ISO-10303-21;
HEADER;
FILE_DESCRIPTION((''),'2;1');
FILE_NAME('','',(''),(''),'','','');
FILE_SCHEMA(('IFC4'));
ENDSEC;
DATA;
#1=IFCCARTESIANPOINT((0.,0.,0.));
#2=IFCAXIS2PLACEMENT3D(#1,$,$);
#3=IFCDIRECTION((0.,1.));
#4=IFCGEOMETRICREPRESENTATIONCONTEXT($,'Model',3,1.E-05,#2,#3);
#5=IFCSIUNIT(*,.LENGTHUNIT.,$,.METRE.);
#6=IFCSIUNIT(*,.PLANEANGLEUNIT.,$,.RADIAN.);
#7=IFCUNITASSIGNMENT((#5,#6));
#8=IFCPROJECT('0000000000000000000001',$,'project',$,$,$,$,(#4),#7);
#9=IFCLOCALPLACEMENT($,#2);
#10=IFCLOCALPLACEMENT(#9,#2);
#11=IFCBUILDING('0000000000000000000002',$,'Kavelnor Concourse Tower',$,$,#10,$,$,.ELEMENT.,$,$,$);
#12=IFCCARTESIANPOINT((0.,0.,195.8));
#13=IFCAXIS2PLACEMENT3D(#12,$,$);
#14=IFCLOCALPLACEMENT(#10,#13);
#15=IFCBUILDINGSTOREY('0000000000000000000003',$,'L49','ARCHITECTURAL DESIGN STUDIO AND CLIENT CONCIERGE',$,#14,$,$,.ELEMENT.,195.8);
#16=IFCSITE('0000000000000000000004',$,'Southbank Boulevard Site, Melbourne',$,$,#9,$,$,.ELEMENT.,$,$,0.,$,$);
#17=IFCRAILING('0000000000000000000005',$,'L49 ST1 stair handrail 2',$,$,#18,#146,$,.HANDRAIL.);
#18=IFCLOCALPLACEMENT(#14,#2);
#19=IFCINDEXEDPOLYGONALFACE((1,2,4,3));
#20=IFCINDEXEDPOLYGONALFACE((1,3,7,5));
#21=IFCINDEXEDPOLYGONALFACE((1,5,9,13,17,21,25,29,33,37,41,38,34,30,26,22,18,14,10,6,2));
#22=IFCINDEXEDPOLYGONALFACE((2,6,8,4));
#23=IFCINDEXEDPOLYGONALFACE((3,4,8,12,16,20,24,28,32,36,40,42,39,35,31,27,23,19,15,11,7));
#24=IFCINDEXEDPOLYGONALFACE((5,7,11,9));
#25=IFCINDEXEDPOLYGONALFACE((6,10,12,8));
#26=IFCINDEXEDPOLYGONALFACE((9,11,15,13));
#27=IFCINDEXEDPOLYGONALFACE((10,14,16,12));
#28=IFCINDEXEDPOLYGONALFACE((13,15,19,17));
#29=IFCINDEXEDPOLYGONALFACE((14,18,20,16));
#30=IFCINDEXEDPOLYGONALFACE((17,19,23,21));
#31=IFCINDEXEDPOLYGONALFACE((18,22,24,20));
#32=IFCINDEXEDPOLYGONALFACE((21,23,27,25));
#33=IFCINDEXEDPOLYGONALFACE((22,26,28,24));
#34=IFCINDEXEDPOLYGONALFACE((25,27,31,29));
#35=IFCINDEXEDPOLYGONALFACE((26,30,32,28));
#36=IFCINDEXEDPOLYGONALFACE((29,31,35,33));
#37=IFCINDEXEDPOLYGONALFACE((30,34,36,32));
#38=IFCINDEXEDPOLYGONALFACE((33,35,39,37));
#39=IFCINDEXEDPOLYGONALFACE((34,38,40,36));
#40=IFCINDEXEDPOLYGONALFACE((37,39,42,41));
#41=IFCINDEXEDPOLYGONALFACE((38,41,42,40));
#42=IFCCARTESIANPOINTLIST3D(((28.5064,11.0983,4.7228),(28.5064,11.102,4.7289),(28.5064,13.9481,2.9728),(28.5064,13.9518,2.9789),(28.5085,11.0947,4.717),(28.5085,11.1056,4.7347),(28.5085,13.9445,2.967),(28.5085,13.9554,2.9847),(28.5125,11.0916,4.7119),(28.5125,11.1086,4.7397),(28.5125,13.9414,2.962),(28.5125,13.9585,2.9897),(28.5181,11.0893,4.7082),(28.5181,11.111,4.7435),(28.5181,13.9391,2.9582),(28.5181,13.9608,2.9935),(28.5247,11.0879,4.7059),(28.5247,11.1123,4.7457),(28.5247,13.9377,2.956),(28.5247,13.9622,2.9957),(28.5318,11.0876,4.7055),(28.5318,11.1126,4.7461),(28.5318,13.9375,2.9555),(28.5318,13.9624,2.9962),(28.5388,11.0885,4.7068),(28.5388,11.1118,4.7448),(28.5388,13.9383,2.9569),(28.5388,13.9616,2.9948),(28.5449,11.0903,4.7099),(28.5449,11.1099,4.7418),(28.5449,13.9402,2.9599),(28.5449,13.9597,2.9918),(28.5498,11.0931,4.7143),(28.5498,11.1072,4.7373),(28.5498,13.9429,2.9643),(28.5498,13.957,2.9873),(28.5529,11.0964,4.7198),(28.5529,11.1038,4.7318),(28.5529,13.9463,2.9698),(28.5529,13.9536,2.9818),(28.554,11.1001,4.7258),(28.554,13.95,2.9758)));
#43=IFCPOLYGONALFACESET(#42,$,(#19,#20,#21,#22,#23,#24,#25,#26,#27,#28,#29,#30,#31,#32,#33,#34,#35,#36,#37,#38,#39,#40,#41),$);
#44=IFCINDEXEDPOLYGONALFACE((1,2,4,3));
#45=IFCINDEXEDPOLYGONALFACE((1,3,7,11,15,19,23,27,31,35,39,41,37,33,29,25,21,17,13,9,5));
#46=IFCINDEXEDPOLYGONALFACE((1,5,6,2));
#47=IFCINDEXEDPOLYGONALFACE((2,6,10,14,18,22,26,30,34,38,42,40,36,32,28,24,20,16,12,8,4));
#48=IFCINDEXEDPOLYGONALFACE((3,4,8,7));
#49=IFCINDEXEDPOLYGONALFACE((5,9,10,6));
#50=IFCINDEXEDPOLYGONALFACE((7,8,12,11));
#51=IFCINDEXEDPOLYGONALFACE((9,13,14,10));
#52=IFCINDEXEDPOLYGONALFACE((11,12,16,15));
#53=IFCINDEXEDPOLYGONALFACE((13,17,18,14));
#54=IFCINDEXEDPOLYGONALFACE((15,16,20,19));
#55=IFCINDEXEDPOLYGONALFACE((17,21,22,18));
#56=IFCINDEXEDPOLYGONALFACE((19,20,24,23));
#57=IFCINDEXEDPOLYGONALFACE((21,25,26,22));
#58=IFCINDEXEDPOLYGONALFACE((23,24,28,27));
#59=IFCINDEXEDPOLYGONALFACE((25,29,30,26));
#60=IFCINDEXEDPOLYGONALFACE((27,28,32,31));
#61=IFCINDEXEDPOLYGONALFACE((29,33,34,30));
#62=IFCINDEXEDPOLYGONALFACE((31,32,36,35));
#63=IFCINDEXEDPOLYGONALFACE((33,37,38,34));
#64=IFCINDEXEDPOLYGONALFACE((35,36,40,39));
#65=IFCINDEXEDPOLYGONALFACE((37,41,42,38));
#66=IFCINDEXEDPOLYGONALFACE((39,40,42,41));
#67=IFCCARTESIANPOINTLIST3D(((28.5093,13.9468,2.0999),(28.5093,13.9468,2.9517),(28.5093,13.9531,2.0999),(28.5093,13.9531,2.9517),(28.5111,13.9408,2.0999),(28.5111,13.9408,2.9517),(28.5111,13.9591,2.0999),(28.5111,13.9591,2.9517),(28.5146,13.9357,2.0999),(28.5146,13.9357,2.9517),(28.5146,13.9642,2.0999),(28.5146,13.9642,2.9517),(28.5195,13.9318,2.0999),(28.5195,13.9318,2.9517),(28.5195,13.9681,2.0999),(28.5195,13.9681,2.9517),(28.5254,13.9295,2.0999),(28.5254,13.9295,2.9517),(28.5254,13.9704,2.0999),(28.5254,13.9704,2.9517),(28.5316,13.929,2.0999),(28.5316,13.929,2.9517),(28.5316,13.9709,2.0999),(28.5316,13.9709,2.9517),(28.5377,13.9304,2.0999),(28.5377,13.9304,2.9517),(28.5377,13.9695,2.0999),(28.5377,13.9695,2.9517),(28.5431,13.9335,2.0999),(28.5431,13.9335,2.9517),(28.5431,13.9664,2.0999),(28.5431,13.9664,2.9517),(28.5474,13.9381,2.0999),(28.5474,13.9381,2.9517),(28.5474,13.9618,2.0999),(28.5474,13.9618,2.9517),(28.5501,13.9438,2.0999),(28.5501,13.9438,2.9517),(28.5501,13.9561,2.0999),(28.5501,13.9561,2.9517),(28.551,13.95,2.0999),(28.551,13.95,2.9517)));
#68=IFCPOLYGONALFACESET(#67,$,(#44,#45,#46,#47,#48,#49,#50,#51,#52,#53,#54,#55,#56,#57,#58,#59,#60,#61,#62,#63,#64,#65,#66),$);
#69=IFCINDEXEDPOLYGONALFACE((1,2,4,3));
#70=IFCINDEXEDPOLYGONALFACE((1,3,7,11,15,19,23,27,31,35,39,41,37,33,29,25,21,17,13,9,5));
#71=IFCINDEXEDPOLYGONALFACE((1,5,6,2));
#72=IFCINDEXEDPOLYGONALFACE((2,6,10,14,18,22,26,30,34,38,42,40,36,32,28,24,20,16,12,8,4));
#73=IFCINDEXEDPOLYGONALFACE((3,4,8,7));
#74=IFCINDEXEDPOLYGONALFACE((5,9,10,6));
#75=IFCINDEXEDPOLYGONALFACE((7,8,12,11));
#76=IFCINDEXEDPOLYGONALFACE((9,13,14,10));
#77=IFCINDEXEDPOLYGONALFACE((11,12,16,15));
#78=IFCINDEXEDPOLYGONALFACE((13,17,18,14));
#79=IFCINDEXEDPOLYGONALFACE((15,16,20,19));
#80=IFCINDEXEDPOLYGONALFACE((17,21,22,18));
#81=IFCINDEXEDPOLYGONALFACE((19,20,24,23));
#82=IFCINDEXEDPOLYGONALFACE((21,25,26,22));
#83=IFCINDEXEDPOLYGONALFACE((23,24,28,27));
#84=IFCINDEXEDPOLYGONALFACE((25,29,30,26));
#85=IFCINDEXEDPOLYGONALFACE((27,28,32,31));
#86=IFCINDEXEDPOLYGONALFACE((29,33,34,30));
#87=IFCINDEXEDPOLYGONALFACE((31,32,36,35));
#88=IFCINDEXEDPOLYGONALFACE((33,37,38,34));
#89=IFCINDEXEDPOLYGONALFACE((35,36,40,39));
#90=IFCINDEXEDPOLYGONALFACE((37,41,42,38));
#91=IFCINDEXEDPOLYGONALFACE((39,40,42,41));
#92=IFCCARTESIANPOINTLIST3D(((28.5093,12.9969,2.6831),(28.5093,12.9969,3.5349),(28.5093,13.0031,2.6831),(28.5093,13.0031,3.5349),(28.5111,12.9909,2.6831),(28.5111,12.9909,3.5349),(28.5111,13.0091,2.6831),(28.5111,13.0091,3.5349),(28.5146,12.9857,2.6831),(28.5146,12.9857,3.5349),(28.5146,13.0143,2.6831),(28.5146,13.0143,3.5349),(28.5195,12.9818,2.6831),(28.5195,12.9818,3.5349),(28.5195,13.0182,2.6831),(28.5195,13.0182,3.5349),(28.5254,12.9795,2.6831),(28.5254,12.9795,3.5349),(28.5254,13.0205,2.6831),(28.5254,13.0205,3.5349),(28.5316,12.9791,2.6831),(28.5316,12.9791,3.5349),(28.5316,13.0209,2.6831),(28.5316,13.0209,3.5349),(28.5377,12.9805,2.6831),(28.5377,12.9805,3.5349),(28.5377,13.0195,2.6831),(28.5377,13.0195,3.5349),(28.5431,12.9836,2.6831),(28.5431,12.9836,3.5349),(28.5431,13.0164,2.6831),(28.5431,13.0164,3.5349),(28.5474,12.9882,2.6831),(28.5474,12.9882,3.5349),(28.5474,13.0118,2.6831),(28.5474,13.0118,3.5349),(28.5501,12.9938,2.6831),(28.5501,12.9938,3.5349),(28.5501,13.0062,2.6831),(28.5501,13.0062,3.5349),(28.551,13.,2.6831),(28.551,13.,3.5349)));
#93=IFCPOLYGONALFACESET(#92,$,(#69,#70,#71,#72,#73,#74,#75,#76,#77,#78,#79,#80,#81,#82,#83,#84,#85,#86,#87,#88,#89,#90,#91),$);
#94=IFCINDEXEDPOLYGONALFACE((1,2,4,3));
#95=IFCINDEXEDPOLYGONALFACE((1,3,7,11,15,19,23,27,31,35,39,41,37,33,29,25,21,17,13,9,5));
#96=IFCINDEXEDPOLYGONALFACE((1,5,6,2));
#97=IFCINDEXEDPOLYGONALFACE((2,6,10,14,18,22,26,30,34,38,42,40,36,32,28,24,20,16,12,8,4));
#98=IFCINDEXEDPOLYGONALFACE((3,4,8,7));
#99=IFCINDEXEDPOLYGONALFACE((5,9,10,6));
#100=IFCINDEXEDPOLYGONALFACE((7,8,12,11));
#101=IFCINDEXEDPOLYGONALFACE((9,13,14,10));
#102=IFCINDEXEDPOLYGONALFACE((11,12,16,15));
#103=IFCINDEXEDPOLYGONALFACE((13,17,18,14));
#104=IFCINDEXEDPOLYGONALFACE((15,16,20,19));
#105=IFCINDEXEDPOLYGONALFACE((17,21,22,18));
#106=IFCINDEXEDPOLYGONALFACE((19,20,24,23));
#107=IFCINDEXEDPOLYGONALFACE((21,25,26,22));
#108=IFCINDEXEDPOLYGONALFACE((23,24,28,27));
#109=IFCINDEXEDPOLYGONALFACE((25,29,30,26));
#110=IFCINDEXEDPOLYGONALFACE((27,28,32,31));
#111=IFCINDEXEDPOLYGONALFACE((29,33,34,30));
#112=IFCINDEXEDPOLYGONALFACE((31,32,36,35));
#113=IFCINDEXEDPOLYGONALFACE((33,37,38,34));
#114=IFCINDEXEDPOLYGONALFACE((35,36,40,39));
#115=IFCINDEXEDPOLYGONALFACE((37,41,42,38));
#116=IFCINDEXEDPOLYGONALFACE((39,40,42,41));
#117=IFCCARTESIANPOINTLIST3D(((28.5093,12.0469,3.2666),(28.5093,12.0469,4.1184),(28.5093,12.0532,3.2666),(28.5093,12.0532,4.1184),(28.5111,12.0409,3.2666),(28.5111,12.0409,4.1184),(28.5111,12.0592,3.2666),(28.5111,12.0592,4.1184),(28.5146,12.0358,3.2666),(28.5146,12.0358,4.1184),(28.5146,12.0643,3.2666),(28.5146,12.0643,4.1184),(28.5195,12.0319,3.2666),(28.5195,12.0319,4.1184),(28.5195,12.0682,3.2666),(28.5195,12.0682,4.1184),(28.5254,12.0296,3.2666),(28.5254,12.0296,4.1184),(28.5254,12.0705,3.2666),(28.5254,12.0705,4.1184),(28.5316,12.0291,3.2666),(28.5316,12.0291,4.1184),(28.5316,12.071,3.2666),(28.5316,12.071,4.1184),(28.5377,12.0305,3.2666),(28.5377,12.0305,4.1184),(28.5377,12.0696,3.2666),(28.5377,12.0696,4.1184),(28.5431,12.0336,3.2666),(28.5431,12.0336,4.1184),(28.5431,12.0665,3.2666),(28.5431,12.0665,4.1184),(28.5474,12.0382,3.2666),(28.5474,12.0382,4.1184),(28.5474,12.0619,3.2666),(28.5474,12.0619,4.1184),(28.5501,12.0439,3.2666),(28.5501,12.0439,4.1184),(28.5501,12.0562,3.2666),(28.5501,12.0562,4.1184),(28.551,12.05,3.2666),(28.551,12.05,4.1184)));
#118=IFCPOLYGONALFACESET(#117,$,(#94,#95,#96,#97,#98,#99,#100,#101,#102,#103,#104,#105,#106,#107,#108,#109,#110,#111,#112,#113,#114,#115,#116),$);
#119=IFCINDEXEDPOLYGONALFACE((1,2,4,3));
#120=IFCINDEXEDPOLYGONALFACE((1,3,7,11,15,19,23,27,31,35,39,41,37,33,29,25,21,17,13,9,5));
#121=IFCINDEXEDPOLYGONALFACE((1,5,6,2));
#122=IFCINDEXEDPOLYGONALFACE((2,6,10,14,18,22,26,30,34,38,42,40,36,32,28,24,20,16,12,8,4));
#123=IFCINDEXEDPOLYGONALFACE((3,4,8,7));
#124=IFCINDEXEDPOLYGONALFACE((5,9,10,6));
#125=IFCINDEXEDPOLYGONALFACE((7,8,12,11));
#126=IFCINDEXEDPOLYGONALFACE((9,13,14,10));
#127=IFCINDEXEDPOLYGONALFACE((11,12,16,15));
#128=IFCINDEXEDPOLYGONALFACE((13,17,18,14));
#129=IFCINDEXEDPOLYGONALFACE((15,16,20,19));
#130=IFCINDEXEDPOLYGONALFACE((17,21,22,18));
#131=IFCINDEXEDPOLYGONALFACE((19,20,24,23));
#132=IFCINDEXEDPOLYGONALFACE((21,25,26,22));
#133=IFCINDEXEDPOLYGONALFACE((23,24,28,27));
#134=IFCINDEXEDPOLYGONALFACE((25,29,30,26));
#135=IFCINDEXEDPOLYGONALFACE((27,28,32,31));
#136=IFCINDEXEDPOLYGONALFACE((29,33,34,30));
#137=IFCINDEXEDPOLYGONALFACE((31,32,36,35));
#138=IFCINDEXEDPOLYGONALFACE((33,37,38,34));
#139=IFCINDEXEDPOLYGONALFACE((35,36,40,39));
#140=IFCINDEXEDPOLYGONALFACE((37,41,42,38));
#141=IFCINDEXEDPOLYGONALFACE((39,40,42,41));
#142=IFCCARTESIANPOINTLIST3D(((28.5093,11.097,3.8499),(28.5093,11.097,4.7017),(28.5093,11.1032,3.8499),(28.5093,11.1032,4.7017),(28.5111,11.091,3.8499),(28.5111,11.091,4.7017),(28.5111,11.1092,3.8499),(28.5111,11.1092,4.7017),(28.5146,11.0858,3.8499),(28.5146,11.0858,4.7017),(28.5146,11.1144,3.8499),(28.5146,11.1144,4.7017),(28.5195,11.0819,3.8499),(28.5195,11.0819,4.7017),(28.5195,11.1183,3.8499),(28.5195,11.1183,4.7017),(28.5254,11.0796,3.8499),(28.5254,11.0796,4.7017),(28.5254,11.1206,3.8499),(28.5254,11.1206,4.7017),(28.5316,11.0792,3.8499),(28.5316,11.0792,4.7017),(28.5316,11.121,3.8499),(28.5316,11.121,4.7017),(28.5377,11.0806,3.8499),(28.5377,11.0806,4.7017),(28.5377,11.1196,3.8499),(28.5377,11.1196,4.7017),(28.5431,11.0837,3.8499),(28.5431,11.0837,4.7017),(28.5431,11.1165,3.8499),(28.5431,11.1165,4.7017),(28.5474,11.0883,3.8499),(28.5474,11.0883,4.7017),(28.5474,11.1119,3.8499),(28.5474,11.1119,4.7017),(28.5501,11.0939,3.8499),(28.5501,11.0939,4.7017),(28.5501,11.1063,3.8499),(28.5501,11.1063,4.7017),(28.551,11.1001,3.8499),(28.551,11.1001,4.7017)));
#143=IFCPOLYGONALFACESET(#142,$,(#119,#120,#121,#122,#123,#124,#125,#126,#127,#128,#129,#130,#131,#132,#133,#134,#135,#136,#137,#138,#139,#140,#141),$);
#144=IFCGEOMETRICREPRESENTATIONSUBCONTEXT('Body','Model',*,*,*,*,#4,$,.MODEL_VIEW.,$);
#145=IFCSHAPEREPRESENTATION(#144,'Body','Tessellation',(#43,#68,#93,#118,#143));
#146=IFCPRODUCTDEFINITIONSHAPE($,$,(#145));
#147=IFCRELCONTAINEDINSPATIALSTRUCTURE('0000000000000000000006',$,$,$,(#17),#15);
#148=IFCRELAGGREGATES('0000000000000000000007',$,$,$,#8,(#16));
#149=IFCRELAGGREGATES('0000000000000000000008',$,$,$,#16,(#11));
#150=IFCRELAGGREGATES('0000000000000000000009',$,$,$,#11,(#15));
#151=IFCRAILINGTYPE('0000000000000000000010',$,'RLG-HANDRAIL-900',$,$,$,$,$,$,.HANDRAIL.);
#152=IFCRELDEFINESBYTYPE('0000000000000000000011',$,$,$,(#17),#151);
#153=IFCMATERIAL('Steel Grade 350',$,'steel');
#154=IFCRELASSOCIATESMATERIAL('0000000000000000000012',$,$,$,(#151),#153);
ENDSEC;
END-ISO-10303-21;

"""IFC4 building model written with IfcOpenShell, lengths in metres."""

from ifc_helpers import new_model, si_unit, direction, frame, origin, origin_2d, place, context, subcontext, project, spatial, circle, extrude, material, type_object, element, save


model = new_model("IFC4")

# Units and contexts
model_context = context("Model", 3, precision=1e-05, world=origin(), true_north=direction((0.0, 1.0)))
body_context = subcontext(model_context, "Body", "Model", "MODEL_VIEW")
ifc_project = project(units=[si_unit("LENGTHUNIT", "METRE"), si_unit("PLANEANGLEUNIT", "RADIAN")], contexts=[model_context])

# Site, building, storey
site_placement = place(None, origin())
site = spatial("IfcSite", under=ifc_project, at=site_placement, Name="Southbank Boulevard Site, Melbourne", CompositionType="ELEMENT", RefElevation=0.0)
building_placement = place(site_placement, origin())
building = spatial("IfcBuilding", under=site, at=building_placement, Name="Kavelnor Concourse Tower", CompositionType="ELEMENT")
storey_placement = place(building_placement, frame((0.0, 0.0, 195.8)))
storey = spatial("IfcBuildingStorey", under=building, at=storey_placement, Name="L49", Description="ARCHITECTURAL DESIGN STUDIO AND CLIENT CONCIERGE", CompositionType="ELEMENT", Elevation=195.8)

# Shared definitions
ifc_material_1 = material(Name="Steel Grade 350", Category="steel")

# Railing
railing_type_1 = type_object("IfcRailingType", Name="RLG-HANDRAIL-900", PredefinedType="HANDRAIL", material=ifc_material_1)
railing_1_placement = place(storey_placement, frame((28.53, 13.95, 2.0999)))
element("IfcRailing", 1, at=railing_1_placement, inside=storey, type_object=railing_type_1, Name="L49 ST1 stair handrail 2", PredefinedType="HANDRAIL", context=body_context, shape_type="SweptSolid", body=[
    extrude(circle(Radius=0.0239, at=origin_2d()), frame((0.0, 0.0, 0.876), z_axis=(0.0, -0.852159, 0.523283), x_axis=(1.0, 0.0, 0.0)), (0.0, 0.0, 1.0), 3.3442),
    extrude(circle(Radius=0.021, at=origin_2d()), origin(), (0.0, 0.0, 1.0), 0.8518),
    extrude(circle(Radius=0.021, at=origin_2d()), frame((0.0, -0.95, 0.5833)), (0.0, 0.0, 1.0), 0.8518),
    extrude(circle(Radius=0.021, at=origin_2d()), frame((0.0, -1.8999, 1.1667)), (0.0, 0.0, 1.0), 0.8518),
    extrude(circle(Radius=0.021, at=origin_2d()), frame((0.0, -2.8499, 1.75)), (0.0, 0.0, 1.0), 0.8518),
])

save(model, "model.ifc")
